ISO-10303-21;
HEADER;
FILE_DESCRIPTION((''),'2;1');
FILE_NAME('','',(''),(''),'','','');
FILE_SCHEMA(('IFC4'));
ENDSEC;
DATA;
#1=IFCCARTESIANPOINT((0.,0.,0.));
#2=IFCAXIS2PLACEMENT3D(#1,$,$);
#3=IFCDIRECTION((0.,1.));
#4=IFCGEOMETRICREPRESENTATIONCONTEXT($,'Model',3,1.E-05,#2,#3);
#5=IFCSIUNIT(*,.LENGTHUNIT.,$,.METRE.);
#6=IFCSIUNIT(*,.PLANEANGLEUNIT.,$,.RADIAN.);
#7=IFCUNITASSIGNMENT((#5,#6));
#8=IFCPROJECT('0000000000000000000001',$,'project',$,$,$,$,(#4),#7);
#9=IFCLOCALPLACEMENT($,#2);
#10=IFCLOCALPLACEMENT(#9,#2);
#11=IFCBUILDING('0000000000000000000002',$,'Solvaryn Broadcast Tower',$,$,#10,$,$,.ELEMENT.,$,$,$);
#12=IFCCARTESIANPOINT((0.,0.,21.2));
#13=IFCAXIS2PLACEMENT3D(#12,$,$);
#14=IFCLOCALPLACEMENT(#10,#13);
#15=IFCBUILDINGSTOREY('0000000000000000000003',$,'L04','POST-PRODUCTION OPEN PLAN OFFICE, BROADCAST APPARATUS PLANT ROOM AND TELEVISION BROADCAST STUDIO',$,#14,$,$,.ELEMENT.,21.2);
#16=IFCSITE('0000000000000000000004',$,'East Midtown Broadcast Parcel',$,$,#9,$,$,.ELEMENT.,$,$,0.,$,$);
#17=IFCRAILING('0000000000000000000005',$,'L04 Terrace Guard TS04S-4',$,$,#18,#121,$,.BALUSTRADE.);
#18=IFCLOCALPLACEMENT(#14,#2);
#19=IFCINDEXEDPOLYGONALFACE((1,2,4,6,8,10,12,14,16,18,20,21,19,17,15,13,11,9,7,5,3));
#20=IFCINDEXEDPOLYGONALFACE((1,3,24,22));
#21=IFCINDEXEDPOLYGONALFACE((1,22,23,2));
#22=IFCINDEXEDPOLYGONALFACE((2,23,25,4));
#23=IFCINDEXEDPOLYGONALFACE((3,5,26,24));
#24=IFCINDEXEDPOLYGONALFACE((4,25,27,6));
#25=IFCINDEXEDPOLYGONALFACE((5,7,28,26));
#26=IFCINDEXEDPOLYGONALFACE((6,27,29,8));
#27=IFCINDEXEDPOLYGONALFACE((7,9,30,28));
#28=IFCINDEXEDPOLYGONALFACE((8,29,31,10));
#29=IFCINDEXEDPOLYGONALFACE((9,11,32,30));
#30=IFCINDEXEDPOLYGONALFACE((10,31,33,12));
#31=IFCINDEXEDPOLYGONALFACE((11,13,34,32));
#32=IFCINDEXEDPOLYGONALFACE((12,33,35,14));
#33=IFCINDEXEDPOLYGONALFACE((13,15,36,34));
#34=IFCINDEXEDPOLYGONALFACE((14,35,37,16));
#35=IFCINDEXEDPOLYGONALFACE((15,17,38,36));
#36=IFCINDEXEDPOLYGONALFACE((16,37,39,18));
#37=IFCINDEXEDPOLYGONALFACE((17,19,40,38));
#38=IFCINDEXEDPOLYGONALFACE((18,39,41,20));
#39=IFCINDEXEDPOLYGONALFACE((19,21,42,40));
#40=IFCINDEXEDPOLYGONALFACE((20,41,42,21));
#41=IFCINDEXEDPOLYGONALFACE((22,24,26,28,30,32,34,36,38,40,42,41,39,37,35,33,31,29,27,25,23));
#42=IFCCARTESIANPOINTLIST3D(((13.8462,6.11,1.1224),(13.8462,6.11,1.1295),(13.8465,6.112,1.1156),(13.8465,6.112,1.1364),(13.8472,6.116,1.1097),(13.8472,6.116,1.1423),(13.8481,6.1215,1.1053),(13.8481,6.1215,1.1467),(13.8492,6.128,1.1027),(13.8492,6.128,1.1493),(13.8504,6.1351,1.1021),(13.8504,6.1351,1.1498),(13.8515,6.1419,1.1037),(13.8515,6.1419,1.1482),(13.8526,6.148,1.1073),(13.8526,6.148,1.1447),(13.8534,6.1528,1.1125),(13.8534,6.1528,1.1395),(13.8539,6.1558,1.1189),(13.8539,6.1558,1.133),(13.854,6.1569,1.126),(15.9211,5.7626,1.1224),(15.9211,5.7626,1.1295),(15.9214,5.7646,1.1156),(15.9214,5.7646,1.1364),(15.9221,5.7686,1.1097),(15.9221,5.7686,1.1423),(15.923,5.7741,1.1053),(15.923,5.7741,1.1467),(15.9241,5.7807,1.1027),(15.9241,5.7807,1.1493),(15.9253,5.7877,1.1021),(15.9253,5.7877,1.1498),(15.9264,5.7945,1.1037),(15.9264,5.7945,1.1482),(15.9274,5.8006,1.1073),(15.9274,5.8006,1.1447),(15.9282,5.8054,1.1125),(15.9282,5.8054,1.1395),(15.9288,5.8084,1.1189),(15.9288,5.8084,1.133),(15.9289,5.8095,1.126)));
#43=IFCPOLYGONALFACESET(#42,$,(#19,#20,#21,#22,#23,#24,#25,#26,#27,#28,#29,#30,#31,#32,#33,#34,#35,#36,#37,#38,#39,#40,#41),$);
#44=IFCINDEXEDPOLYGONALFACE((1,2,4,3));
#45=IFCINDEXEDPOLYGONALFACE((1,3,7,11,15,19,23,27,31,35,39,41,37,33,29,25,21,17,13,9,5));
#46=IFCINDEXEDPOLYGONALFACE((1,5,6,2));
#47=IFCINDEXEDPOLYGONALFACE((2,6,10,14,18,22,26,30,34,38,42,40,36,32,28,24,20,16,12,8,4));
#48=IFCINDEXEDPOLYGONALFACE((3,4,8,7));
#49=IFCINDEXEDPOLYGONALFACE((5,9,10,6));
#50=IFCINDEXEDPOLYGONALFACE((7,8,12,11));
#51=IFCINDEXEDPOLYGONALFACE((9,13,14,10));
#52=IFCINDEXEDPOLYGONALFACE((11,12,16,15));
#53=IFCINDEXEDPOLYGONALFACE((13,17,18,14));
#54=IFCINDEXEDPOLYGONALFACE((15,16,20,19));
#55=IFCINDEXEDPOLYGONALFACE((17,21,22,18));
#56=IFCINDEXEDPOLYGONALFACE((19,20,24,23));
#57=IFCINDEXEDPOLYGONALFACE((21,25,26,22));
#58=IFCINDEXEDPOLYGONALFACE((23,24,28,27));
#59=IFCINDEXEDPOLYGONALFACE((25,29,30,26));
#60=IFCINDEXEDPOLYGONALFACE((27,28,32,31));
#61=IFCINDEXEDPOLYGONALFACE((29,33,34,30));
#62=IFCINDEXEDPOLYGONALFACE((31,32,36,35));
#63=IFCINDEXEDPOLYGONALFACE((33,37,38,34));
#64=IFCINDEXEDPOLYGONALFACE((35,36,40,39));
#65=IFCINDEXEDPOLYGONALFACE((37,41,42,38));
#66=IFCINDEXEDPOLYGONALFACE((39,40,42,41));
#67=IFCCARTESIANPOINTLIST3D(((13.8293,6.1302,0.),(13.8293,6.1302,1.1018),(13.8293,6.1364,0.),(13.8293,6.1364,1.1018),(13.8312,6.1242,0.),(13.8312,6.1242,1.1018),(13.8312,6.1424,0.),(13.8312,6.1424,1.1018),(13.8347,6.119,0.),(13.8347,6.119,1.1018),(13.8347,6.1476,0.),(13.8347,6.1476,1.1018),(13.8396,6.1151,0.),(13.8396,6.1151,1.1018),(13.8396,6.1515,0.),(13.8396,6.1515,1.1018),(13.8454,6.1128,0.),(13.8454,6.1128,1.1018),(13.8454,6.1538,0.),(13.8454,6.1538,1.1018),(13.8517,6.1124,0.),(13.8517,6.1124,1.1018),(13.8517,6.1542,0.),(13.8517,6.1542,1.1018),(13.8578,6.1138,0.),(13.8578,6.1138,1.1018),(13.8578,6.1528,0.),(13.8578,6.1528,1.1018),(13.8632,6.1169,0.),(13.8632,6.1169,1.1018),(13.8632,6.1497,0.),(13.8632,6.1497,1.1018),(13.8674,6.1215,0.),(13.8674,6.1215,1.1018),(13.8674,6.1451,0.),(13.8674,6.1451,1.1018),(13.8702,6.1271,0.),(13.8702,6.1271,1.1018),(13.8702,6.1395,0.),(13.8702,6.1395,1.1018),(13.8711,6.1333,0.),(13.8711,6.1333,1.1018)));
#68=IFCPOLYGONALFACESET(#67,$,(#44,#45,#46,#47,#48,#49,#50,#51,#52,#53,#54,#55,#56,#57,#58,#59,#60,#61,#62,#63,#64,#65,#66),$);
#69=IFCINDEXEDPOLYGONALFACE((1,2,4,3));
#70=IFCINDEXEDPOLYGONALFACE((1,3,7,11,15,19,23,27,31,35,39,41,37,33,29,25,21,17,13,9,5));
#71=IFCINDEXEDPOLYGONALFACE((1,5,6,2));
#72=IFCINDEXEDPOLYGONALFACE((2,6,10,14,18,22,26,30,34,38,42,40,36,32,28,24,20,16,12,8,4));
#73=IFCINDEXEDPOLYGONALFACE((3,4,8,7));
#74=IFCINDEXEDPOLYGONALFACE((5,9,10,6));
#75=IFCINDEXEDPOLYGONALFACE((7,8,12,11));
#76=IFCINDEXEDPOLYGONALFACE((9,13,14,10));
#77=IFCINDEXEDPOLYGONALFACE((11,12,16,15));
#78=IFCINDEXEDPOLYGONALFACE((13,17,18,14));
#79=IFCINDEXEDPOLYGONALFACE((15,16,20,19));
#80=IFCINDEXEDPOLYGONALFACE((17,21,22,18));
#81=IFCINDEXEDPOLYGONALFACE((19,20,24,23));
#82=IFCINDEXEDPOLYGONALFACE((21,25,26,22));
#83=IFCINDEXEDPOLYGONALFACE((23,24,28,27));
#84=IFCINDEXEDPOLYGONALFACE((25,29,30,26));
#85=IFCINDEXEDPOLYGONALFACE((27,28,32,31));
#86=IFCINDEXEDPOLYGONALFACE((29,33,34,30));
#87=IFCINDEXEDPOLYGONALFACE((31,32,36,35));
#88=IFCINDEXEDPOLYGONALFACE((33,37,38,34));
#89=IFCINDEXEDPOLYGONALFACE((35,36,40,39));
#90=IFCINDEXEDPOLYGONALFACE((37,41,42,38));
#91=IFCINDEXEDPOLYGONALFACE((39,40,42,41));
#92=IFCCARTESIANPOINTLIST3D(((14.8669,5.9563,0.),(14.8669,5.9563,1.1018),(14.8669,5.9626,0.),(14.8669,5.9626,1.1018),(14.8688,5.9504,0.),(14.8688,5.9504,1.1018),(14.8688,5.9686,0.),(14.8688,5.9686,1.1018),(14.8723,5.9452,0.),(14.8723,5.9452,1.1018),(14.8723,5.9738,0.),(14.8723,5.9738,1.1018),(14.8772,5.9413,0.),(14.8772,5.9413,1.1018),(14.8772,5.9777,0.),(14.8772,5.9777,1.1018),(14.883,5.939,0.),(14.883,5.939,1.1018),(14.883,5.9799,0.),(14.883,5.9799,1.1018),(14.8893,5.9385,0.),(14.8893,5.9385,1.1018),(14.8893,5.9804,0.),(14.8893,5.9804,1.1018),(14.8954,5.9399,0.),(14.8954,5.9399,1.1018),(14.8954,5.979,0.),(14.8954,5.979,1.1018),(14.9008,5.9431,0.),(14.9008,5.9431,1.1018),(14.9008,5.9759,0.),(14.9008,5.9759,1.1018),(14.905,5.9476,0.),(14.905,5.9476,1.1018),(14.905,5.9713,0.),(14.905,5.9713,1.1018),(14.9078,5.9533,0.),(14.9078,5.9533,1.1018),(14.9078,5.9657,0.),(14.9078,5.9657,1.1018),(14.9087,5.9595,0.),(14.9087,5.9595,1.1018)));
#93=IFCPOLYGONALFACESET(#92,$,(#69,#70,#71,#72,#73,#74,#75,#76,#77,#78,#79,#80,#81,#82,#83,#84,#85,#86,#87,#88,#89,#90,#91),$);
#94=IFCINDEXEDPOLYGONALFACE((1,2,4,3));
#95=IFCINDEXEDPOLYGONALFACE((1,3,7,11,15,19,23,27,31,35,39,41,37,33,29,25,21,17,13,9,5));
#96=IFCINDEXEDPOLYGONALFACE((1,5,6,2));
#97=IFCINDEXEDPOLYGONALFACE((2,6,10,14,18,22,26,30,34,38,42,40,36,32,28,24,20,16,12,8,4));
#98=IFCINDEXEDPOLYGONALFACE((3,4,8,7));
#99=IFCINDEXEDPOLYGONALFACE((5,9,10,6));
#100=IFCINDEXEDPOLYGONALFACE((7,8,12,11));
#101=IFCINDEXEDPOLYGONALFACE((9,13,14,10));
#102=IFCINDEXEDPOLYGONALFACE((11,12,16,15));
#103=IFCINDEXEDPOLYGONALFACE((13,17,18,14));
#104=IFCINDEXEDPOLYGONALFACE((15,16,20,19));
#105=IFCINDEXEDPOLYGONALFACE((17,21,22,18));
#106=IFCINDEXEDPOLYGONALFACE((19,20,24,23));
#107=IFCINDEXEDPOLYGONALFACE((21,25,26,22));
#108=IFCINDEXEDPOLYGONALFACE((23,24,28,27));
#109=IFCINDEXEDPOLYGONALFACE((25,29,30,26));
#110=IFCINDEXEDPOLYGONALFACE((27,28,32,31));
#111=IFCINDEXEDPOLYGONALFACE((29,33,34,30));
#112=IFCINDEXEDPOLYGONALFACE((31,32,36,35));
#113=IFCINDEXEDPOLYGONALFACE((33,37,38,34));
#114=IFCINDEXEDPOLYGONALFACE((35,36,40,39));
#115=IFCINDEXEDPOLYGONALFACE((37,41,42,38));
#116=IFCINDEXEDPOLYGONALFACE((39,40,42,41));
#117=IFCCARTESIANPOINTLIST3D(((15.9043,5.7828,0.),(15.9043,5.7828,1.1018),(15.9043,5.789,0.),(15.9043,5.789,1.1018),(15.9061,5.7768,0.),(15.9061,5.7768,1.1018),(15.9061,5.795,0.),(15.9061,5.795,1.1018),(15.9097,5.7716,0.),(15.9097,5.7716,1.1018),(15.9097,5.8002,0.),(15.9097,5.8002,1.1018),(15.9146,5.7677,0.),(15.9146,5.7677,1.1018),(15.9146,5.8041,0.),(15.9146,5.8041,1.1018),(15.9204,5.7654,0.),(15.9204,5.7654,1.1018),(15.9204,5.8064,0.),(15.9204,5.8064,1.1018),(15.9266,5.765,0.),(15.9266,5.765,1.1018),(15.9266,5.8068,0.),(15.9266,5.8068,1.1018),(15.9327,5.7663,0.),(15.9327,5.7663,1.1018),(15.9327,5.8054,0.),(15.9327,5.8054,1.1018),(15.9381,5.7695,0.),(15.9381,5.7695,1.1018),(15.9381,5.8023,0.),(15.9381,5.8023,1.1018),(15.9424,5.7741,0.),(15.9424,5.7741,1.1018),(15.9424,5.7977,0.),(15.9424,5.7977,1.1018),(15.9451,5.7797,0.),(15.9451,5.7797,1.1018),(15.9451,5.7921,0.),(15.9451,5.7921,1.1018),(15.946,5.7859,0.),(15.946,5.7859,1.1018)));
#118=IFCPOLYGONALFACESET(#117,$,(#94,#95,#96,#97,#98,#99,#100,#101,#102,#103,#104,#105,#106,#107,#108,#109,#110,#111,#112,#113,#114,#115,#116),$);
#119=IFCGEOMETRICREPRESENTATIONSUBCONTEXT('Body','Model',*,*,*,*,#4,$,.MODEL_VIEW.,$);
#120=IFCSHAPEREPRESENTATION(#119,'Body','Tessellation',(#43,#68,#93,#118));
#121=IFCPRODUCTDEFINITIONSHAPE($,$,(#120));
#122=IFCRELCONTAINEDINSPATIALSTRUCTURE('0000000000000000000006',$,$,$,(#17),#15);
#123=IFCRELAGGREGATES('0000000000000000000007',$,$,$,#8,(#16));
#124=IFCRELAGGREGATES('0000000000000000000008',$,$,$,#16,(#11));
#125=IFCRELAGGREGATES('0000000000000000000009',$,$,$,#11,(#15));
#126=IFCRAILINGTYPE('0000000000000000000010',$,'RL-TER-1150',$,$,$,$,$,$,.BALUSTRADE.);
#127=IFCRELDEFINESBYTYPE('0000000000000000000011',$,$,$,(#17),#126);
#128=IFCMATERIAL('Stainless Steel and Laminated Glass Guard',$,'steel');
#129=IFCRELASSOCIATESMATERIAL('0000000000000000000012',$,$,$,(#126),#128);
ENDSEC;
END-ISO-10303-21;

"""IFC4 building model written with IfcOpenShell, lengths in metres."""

from ifc_helpers import new_model, si_unit, direction, frame, origin, origin_2d, place, context, subcontext, project, spatial, circle, extrude, material, type_object, element, save


model = new_model("IFC4")

# Units and contexts
model_context = context("Model", 3, precision=1e-05, world=origin(), true_north=direction((0.0, 1.0)))
body_context = subcontext(model_context, "Body", "Model", "MODEL_VIEW")
ifc_project = project(units=[si_unit("LENGTHUNIT", "METRE"), si_unit("PLANEANGLEUNIT", "RADIAN")], contexts=[model_context])

# Site, building, storey
site_placement = place(None, origin())
site = spatial("IfcSite", under=ifc_project, at=site_placement, Name="East Midtown Broadcast Parcel", CompositionType="ELEMENT", RefElevation=0.0)
building_placement = place(site_placement, origin())
building = spatial("IfcBuilding", under=site, at=building_placement, Name="Solvaryn Broadcast Tower", CompositionType="ELEMENT")
storey_placement = place(building_placement, frame((0.0, 0.0, 21.2)))
storey = spatial("IfcBuildingStorey", under=building, at=storey_placement, Name="L04", Description="POST-PRODUCTION OPEN PLAN OFFICE, BROADCAST APPARATUS PLANT ROOM AND TELEVISION BROADCAST STUDIO", CompositionType="ELEMENT", Elevation=21.2)

# Railing
ifc_material_1 = material(Name="Stainless Steel and Laminated Glass Guard", Category="steel")
railing_type = type_object("IfcRailingType", Name="RL-TER-1150", PredefinedType="BALUSTRADE", material=ifc_material_1)
railing_1_placement = place(storey_placement, frame((13.8501, 6.1333, 0.0)))
element("IfcRailing", 1, at=railing_1_placement, inside=storey, type_object=railing_type, Name="L04 Terrace Guard TS04S-4", PredefinedType="BALUSTRADE", context=body_context, shape_type="SweptSolid", body=[
    extrude(circle(Radius=0.0239, at=origin_2d()), frame((0.0, 0.0, 1.126), z_axis=(0.986271, -0.165133, 0.0), x_axis=(0.165133, 0.986271, 0.0)), (0.0, 0.0, 1.0), 2.1038),
    extrude(circle(Radius=0.021, at=origin_2d()), origin(), (0.0, 0.0, 1.0), 1.1018),
    extrude(circle(Radius=0.021, at=origin_2d()), frame((1.0376, -0.1738, 0.0)), (0.0, 0.0, 1.0), 1.1018),
    extrude(circle(Radius=0.021, at=origin_2d()), frame((2.075, -0.3474, 0.0)), (0.0, 0.0, 1.0), 1.1018),
])

save(model, "model.ifc")
